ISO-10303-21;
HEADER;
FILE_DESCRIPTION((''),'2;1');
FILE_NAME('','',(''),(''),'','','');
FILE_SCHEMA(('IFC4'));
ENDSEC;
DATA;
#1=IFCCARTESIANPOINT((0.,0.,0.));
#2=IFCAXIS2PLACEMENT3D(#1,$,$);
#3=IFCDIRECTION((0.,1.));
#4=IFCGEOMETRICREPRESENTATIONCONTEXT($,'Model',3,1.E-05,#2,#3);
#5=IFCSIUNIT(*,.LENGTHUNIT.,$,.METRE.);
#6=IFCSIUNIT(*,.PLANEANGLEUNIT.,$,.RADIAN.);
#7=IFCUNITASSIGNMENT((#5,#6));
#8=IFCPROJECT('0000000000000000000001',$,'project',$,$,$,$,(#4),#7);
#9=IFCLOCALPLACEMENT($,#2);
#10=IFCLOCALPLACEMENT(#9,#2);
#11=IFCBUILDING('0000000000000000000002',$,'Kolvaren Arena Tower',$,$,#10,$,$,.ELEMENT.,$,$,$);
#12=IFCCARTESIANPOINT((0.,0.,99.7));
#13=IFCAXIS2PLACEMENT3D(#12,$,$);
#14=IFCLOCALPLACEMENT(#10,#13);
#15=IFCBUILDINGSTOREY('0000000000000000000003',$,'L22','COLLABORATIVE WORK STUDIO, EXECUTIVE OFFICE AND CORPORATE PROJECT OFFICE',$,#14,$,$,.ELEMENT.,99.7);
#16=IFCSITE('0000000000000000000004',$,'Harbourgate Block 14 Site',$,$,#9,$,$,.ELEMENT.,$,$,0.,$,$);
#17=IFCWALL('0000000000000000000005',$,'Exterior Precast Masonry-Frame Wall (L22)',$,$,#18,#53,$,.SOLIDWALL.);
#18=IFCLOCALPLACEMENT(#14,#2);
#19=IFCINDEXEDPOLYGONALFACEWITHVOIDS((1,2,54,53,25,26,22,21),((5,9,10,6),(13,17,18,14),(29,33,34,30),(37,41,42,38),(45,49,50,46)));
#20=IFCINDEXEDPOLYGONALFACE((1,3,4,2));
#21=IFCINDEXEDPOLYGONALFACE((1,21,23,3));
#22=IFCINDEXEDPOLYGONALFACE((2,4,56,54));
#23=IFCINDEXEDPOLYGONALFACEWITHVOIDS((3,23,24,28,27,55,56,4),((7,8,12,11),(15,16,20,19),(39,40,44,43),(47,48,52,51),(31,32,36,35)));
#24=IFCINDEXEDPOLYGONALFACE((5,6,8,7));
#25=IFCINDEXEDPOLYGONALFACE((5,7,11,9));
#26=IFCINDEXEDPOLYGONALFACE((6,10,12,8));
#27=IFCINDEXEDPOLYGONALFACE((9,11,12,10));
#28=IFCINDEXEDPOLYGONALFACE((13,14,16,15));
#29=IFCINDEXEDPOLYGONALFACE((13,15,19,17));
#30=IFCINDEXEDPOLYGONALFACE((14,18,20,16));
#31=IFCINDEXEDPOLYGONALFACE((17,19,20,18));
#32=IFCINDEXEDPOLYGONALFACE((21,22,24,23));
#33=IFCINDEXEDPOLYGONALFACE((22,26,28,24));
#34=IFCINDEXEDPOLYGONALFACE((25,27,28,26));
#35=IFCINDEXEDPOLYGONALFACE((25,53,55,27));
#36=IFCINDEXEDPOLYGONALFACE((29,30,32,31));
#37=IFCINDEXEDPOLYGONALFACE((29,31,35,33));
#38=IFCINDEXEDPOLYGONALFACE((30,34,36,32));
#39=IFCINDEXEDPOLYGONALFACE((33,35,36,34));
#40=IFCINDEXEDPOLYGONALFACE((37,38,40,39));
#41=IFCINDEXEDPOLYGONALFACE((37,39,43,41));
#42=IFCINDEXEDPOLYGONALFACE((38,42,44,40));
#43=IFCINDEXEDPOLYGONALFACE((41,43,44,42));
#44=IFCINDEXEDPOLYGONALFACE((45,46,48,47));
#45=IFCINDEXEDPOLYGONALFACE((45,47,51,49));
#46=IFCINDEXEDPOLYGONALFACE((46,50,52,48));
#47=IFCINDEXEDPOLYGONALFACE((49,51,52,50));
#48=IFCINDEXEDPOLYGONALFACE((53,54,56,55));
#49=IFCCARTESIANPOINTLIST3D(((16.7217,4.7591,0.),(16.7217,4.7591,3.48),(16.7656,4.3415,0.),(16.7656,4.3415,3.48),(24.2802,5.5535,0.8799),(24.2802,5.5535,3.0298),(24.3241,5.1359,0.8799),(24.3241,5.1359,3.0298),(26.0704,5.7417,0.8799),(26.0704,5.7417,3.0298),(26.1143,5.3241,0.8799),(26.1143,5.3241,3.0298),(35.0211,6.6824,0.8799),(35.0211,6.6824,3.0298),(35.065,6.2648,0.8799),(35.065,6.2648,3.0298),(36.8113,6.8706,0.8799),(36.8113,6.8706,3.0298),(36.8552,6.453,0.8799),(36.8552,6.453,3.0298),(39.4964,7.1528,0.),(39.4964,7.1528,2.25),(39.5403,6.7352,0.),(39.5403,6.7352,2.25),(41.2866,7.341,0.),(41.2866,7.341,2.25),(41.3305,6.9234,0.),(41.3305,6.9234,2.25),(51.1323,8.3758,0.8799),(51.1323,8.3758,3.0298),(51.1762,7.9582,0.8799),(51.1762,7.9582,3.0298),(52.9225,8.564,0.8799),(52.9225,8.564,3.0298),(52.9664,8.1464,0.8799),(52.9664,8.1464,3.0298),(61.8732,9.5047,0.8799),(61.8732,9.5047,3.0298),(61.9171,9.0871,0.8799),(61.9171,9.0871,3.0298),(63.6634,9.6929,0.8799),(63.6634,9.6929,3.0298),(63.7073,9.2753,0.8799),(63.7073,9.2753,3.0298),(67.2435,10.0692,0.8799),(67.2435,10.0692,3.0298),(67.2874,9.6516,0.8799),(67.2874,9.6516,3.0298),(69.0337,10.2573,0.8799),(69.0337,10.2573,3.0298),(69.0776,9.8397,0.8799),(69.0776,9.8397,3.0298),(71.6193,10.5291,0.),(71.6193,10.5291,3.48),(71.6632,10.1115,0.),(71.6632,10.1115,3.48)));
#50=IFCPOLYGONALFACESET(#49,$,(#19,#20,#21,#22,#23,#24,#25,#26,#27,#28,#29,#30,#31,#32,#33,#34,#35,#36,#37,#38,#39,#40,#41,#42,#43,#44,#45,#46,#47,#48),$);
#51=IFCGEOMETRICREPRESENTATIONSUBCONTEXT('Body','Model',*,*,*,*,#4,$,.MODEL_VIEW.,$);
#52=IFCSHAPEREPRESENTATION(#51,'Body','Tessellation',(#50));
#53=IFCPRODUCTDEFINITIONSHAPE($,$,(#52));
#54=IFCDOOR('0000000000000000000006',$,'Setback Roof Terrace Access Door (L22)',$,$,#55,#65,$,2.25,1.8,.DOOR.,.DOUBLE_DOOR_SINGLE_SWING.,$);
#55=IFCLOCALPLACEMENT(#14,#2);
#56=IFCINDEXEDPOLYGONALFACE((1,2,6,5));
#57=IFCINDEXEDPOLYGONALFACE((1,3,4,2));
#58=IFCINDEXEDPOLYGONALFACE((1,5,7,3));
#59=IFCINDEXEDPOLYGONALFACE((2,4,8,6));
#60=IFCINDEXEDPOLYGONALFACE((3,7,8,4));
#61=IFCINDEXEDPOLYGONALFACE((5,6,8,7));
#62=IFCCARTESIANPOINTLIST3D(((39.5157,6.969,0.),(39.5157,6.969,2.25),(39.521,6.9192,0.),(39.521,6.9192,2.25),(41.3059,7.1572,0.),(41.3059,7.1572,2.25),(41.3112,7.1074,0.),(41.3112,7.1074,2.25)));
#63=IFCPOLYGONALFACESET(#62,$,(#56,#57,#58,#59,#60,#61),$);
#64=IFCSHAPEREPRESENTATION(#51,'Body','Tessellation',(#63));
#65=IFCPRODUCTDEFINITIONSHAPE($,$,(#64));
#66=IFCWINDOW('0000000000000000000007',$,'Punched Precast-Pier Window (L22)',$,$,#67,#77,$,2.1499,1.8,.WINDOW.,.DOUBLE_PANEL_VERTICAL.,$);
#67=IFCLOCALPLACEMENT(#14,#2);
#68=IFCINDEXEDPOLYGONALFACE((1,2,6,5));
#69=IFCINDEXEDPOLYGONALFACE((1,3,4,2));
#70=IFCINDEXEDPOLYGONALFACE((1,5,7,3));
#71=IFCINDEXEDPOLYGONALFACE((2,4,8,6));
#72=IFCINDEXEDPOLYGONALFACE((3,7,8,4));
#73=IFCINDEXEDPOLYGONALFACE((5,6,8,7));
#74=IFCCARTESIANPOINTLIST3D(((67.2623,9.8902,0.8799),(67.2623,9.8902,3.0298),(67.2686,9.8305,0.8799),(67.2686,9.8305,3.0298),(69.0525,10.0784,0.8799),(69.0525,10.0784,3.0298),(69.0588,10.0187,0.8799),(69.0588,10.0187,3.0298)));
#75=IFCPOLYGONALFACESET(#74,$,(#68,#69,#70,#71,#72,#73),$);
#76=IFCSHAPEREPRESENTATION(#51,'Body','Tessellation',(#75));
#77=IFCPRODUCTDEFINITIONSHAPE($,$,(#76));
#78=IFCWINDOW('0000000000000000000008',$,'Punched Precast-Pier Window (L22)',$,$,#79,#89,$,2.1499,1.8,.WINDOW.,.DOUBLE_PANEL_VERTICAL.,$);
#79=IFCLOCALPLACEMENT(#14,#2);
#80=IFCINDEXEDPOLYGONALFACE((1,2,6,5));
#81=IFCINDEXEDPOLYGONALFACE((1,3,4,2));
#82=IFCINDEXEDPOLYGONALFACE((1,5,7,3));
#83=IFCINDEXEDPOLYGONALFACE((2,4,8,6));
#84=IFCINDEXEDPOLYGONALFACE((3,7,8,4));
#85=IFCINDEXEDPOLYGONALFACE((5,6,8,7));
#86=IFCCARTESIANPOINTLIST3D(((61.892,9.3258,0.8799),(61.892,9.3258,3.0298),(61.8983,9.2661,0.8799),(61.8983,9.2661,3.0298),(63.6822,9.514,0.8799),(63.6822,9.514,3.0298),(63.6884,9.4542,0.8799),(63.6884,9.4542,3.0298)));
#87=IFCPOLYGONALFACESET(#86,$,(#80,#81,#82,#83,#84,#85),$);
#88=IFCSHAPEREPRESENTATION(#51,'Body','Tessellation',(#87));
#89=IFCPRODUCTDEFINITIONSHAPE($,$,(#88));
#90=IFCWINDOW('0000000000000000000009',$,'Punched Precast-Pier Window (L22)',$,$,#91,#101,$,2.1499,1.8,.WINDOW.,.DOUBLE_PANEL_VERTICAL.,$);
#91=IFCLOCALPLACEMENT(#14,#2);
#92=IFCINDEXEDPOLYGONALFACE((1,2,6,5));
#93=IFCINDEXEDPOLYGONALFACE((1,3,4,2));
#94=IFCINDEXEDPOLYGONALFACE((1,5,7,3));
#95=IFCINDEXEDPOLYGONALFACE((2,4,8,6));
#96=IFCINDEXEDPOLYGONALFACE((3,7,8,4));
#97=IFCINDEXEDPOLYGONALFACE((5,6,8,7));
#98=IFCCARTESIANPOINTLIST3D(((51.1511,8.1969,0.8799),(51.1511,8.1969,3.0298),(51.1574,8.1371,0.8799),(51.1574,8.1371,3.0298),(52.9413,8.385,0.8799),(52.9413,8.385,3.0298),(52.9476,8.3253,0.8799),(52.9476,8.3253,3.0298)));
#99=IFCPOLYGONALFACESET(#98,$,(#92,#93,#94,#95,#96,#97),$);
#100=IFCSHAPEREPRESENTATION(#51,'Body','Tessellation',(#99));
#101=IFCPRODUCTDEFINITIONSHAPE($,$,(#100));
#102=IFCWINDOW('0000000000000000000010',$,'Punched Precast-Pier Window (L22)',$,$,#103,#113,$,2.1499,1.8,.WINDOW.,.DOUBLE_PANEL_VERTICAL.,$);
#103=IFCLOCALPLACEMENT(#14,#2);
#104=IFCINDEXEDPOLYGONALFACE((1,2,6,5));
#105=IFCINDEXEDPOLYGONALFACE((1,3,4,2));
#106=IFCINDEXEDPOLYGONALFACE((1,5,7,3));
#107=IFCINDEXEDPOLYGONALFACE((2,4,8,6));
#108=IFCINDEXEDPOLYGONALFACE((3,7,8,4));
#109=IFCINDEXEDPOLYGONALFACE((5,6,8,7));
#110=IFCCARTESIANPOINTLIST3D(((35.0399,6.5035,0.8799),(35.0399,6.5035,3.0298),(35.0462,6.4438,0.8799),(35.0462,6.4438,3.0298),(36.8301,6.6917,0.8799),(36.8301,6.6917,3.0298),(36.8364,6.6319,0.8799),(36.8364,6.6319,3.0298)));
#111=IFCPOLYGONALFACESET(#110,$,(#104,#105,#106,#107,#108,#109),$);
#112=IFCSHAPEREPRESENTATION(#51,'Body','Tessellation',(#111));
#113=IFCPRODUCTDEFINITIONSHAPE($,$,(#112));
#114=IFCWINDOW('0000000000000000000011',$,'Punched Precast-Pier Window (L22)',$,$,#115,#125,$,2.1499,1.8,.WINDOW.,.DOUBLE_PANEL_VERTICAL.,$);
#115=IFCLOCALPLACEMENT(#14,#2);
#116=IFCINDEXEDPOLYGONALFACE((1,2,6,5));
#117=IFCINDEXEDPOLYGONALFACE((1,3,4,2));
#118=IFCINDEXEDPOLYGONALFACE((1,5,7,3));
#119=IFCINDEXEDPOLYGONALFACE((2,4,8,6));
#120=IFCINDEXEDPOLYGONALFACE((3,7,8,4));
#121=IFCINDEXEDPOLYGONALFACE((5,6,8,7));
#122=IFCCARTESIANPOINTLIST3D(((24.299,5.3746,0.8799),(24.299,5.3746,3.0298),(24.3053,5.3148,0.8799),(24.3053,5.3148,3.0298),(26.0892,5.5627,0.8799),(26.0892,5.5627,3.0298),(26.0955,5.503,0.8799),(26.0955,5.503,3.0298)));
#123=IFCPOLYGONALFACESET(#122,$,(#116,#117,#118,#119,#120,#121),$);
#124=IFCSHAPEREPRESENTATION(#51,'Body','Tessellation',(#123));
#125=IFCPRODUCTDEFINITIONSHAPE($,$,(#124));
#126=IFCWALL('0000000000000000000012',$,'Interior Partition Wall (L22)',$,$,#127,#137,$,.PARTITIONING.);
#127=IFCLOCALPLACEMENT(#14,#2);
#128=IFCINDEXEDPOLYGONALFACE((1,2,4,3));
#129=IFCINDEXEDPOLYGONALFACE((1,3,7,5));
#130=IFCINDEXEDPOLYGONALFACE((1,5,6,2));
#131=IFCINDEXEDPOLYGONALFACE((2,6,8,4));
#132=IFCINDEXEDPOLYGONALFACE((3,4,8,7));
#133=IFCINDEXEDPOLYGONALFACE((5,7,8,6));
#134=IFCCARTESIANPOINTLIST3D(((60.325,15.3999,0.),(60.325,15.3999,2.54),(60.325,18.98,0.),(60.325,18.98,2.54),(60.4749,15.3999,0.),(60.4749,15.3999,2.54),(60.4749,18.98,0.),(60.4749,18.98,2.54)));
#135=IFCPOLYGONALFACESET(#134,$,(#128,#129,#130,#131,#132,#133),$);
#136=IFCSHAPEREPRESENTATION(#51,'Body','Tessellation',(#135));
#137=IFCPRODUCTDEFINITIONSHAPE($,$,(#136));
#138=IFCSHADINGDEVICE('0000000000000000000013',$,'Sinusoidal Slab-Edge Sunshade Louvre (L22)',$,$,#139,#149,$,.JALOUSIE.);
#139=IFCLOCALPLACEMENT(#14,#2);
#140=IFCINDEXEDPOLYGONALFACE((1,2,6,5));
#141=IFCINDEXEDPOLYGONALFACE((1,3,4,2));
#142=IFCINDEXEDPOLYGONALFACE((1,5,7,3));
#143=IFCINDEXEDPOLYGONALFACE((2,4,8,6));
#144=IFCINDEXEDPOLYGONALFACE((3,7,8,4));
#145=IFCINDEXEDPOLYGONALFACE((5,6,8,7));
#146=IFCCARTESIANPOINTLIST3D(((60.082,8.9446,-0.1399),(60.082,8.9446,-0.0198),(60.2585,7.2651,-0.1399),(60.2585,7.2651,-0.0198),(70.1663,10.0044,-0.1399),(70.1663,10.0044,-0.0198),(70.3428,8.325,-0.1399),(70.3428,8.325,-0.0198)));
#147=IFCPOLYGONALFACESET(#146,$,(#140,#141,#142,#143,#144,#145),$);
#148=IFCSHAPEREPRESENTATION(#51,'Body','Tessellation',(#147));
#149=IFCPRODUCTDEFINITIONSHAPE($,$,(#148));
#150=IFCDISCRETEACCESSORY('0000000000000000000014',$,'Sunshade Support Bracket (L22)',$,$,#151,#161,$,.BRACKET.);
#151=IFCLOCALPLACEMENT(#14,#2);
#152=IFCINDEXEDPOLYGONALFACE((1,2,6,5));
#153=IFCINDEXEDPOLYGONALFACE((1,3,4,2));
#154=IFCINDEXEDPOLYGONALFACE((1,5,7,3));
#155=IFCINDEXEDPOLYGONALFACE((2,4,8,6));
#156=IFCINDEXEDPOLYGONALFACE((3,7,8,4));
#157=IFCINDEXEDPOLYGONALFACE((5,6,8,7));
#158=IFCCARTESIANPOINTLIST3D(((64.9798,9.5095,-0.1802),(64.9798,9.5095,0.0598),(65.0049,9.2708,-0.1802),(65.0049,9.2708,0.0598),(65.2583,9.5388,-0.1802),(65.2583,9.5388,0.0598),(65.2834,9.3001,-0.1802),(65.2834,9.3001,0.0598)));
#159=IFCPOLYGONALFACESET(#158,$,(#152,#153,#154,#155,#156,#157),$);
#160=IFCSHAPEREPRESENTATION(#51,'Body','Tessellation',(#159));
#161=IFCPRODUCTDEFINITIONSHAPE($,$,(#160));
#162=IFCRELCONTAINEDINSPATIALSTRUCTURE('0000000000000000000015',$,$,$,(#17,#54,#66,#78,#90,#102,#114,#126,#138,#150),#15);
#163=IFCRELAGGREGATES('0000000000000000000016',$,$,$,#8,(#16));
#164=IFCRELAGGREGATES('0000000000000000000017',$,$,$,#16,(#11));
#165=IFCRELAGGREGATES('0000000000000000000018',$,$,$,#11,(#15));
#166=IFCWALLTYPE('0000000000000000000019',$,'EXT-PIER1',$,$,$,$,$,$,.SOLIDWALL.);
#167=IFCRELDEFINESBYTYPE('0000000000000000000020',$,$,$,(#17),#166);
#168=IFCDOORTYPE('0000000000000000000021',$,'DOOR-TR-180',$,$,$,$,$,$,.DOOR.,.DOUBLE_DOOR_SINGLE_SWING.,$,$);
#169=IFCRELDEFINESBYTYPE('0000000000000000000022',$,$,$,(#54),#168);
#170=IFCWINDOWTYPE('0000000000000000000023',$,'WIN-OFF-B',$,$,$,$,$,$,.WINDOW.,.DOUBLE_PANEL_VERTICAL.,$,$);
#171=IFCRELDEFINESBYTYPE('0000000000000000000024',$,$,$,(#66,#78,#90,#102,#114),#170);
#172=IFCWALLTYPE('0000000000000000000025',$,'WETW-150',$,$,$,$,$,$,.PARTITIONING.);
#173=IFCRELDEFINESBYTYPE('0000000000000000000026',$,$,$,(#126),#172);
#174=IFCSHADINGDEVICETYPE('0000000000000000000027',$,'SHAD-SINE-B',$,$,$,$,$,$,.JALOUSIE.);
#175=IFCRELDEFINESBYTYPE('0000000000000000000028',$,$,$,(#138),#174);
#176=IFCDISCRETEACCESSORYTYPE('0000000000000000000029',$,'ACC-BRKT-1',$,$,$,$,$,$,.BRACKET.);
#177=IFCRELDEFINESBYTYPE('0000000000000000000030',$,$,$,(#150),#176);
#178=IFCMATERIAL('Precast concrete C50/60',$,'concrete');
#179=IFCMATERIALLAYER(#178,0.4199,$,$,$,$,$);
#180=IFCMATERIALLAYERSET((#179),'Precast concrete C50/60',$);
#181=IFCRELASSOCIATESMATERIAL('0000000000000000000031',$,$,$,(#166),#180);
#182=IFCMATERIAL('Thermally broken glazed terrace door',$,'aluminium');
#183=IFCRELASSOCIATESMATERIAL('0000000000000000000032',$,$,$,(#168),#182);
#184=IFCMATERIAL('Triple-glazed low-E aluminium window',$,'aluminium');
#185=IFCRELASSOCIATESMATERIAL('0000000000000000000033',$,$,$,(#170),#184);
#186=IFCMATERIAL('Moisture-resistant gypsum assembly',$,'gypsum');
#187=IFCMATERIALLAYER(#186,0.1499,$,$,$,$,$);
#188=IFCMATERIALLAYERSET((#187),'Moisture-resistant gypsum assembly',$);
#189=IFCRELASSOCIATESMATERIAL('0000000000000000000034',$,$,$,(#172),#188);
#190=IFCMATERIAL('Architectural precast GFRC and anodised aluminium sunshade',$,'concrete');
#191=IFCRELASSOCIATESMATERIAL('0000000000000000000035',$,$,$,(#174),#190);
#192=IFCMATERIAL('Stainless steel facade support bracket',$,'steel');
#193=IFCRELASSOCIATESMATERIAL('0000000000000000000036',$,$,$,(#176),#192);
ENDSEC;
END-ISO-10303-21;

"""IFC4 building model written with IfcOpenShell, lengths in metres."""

from ifc_helpers import new_model, si_unit, direction, frame, frame_2d, origin, origin_2d, place, context, subcontext, project, spatial, rectangle, extrude, material, layer, layer_set, type_object, element, fill, save


model = new_model("IFC4")

# Units and contexts
model_context = context("Model", 3, precision=1e-05, world=origin(), true_north=direction((0.0, 1.0)))
body_context = subcontext(model_context, "Body", "Model", "MODEL_VIEW")
ifc_project = project(units=[si_unit("LENGTHUNIT", "METRE"), si_unit("PLANEANGLEUNIT", "RADIAN")], contexts=[model_context])

# Site, building, storey
site_placement = place(None, origin())
site = spatial("IfcSite", under=ifc_project, at=site_placement, Name="Harbourgate Block 14 Site", CompositionType="ELEMENT", RefElevation=0.0)
building_placement = place(site_placement, origin())
building = spatial("IfcBuilding", under=site, at=building_placement, Name="Kolvaren Arena Tower", CompositionType="ELEMENT")
storey_placement = place(building_placement, frame((0.0, 0.0, 99.7)))
storey = spatial("IfcBuildingStorey", under=building, at=storey_placement, Name="L22", Description="COLLABORATIVE WORK STUDIO, EXECUTIVE OFFICE AND CORPORATE PROJECT OFFICE", CompositionType="ELEMENT", Elevation=99.7)

# Shared definitions
ifc_material_1 = material(Name="Precast concrete C50/60", Category="concrete")
ifc_layer_1 = layer(ifc_material_1, 0.4199)
ifc_layer_set_1 = layer_set([ifc_layer_1], Name="Precast concrete C50/60")
wall_type_1 = type_object("IfcWallType", Name="EXT-PIER1", PredefinedType="SOLIDWALL", material=ifc_layer_set_1)

# Wall, openings, door, windows
wall_1_placement = place(storey_placement, frame((71.6414, 10.3203, 0.0), z_axis=(0.0, 0.0, 1.0), x_axis=(-0.994522, -0.10453, 0.0)))
wall_1 = element("IfcWall", 1, at=wall_1_placement, inside=storey, type_object=wall_type_1, Name="Exterior Precast Masonry-Frame Wall (L22)", PredefinedType="SOLIDWALL", context=body_context, shape_type="SweptSolid", body=[
    extrude(rectangle(XDim=55.2, YDim=0.4199, at=frame_2d((27.6001, 0.0))), origin(), (0.0, 0.0, 1.0), 3.48),
])
opening_1_placement = place(wall_1_placement, frame((30.5, 0.0, 0.0)))
opening_1 = element("IfcOpeningElement", 2, at=opening_1_placement, cuts=wall_1, PredefinedType="OPENING", context=body_context, shape_type="SweptSolid", body=[
    extrude(rectangle(XDim=1.8, YDim=2.25, at=frame_2d((0.8999, 1.125))), frame((0.0, 0.22, 0.0), z_axis=(0.0, -1.0, 0.0), x_axis=(1.0, 0.0, 0.0)), (0.0, 0.0, 1.0), 0.4399),
])
opening_2_placement = place(wall_1_placement, frame((2.6001, 0.0, 0.8799)))
opening_2 = element("IfcOpeningElement", 3, at=opening_2_placement, cuts=wall_1, PredefinedType="OPENING", context=body_context, shape_type="SweptSolid", body=[
    extrude(rectangle(XDim=1.8, YDim=2.1499, at=frame_2d((0.8999, 1.075))), frame((0.0, 0.22, 0.0), z_axis=(0.0, -1.0, 0.0), x_axis=(1.0, 0.0, 0.0)), (0.0, 0.0, 1.0), 0.4399),
])
opening_3_placement = place(wall_1_placement, frame((8.0, 0.0, 0.8799)))
opening_3 = element("IfcOpeningElement", 4, at=opening_3_placement, cuts=wall_1, PredefinedType="OPENING", context=body_context, shape_type="SweptSolid", body=[
    extrude(rectangle(XDim=1.8, YDim=2.1499, at=frame_2d((0.8999, 1.075))), frame((0.0, 0.22, 0.0), z_axis=(0.0, -1.0, 0.0), x_axis=(1.0, 0.0, 0.0)), (0.0, 0.0, 1.0), 0.4399),
])
opening_4_placement = place(wall_1_placement, frame((18.8, 0.0, 0.8799)))
opening_4 = element("IfcOpeningElement", 5, at=opening_4_placement, cuts=wall_1, PredefinedType="OPENING", context=body_context, shape_type="SweptSolid", body=[
    extrude(rectangle(XDim=1.8, YDim=2.1499, at=frame_2d((0.8999, 1.075))), frame((0.0, 0.22, 0.0), z_axis=(0.0, -1.0, 0.0), x_axis=(1.0, 0.0, 0.0)), (0.0, 0.0, 1.0), 0.4399),
])
opening_5_placement = place(wall_1_placement, frame((35.0, 0.0, 0.8799)))
opening_5 = element("IfcOpeningElement", 6, at=opening_5_placement, cuts=wall_1, PredefinedType="OPENING", context=body_context, shape_type="SweptSolid", body=[
    extrude(rectangle(XDim=1.8, YDim=2.1499, at=frame_2d((0.8999, 1.075))), frame((0.0, 0.22, 0.0), z_axis=(0.0, -1.0, 0.0), x_axis=(1.0, 0.0, 0.0)), (0.0, 0.0, 1.0), 0.4399),
])
opening_6_placement = place(wall_1_placement, frame((45.8, 0.0, 0.8799)))
opening_6 = element("IfcOpeningElement", 7, at=opening_6_placement, cuts=wall_1, PredefinedType="OPENING", context=body_context, shape_type="SweptSolid", body=[
    extrude(rectangle(XDim=1.8, YDim=2.1499, at=frame_2d((0.8999, 1.075))), frame((0.0, 0.22, 0.0), z_axis=(0.0, -1.0, 0.0), x_axis=(1.0, 0.0, 0.0)), (0.0, 0.0, 1.0), 0.4399),
])
ifc_material_2 = material(Name="Thermally broken glazed terrace door", Category="aluminium")
door_type_1 = type_object("IfcDoorType", Name="DOOR-TR-180", OperationType="DOUBLE_DOOR_SINGLE_SWING", PredefinedType="DOOR", material=ifc_material_2)
door_1_placement = place(opening_1_placement, origin())
door_1 = element("IfcDoor", 8, at=door_1_placement, inside=storey, type_object=door_type_1, Name="Setback Roof Terrace Access Door (L22)", OperationType="DOUBLE_DOOR_SINGLE_SWING", OverallHeight=2.25, OverallWidth=1.8, PredefinedType="DOOR", context=body_context, shape_type="SweptSolid", body=[
    extrude(rectangle(XDim=1.8, YDim=2.25, at=frame_2d((0.8999, 1.125))), frame((0.0, 0.0249, 0.0), z_axis=(0.0, -1.0, 0.0), x_axis=(1.0, 0.0, 0.0)), (0.0, 0.0, 1.0), 0.05),
])
fill(opening_1, door_1)
ifc_material_3 = material(Name="Triple-glazed low-E aluminium window", Category="aluminium")
window_type = type_object("IfcWindowType", Name="WIN-OFF-B", PartitioningType="DOUBLE_PANEL_VERTICAL", PredefinedType="WINDOW", material=ifc_material_3)
window_1_placement = place(opening_2_placement, origin())
window_1 = element("IfcWindow", 9, at=window_1_placement, inside=storey, type_object=window_type, Name="Punched Precast-Pier Window (L22)", OverallHeight=2.1499, OverallWidth=1.8, PartitioningType="DOUBLE_PANEL_VERTICAL", PredefinedType="WINDOW", context=body_context, shape_type="SweptSolid", body=[
    extrude(rectangle(XDim=1.8, YDim=2.1499, at=frame_2d((0.8999, 1.075))), frame((0.0, 0.03, 0.0), z_axis=(0.0, -1.0, 0.0), x_axis=(1.0, 0.0, 0.0)), (0.0, 0.0, 1.0), 0.0601),
])
fill(opening_2, window_1)
window_2_placement = place(opening_3_placement, origin())
window_2 = element("IfcWindow", 10, at=window_2_placement, inside=storey, type_object=window_type, Name="Punched Precast-Pier Window (L22)", OverallHeight=2.1499, OverallWidth=1.8, PartitioningType="DOUBLE_PANEL_VERTICAL", PredefinedType="WINDOW", context=body_context, shape_type="SweptSolid", body=[
    extrude(rectangle(XDim=1.8, YDim=2.1499, at=frame_2d((0.8999, 1.075))), frame((0.0, 0.03, 0.0), z_axis=(0.0, -1.0, 0.0), x_axis=(1.0, 0.0, 0.0)), (0.0, 0.0, 1.0), 0.0601),
])
fill(opening_3, window_2)
window_3_placement = place(opening_4_placement, origin())
window_3 = element("IfcWindow", 11, at=window_3_placement, inside=storey, type_object=window_type, Name="Punched Precast-Pier Window (L22)", OverallHeight=2.1499, OverallWidth=1.8, PartitioningType="DOUBLE_PANEL_VERTICAL", PredefinedType="WINDOW", context=body_context, shape_type="SweptSolid", body=[
    extrude(rectangle(XDim=1.8, YDim=2.1499, at=frame_2d((0.8999, 1.075))), frame((0.0, 0.03, 0.0), z_axis=(0.0, -1.0, 0.0), x_axis=(1.0, 0.0, 0.0)), (0.0, 0.0, 1.0), 0.0601),
])
fill(opening_4, window_3)
window_4_placement = place(opening_5_placement, origin())
window_4 = element("IfcWindow", 12, at=window_4_placement, inside=storey, type_object=window_type, Name="Punched Precast-Pier Window (L22)", OverallHeight=2.1499, OverallWidth=1.8, PartitioningType="DOUBLE_PANEL_VERTICAL", PredefinedType="WINDOW", context=body_context, shape_type="SweptSolid", body=[
    extrude(rectangle(XDim=1.8, YDim=2.1499, at=frame_2d((0.8999, 1.075))), frame((0.0, 0.03, 0.0), z_axis=(0.0, -1.0, 0.0), x_axis=(1.0, 0.0, 0.0)), (0.0, 0.0, 1.0), 0.0601),
])
fill(opening_5, window_4)
window_5_placement = place(opening_6_placement, origin())
window_5 = element("IfcWindow", 13, at=window_5_placement, inside=storey, type_object=window_type, Name="Punched Precast-Pier Window (L22)", OverallHeight=2.1499, OverallWidth=1.8, PartitioningType="DOUBLE_PANEL_VERTICAL", PredefinedType="WINDOW", context=body_context, shape_type="SweptSolid", body=[
    extrude(rectangle(XDim=1.8, YDim=2.1499, at=frame_2d((0.8999, 1.075))), frame((0.0, 0.03, 0.0), z_axis=(0.0, -1.0, 0.0), x_axis=(1.0, 0.0, 0.0)), (0.0, 0.0, 1.0), 0.0601),
])
fill(opening_6, window_5)

# Wall
ifc_material_4 = material(Name="Moisture-resistant gypsum assembly", Category="gypsum")
ifc_layer_2 = layer(ifc_material_4, 0.1499)
ifc_layer_set_2 = layer_set([ifc_layer_2], Name="Moisture-resistant gypsum assembly")
wall_type_2 = type_object("IfcWallType", Name="WETW-150", PredefinedType="PARTITIONING", material=ifc_layer_set_2)
wall_2_placement = place(storey_placement, frame((60.3999, 15.3999, 0.0), z_axis=(0.0, 0.0, 1.0), x_axis=(0.0, 1.0, 0.0)))
element("IfcWall", 14, at=wall_2_placement, inside=storey, type_object=wall_type_2, Name="Interior Partition Wall (L22)", PredefinedType="PARTITIONING", context=body_context, shape_type="SweptSolid", body=[
    extrude(rectangle(XDim=3.5801, YDim=0.1499, at=frame_2d((1.79, 0.0))), origin(), (0.0, 0.0, 1.0), 2.54),
])

# Shading device
ifc_material_5 = material(Name="Architectural precast GFRC and anodised aluminium sunshade", Category="concrete")
shading_device_type = type_object("IfcShadingDeviceType", Name="SHAD-SINE-B", PredefinedType="JALOUSIE", material=ifc_material_5)
shading_device_placement = place(storey_placement, frame((65.2124, 8.6348, -0.1399), z_axis=(0.0, 0.0, 1.0), x_axis=(-0.994522, -0.104527, 0.0)))
element("IfcShadingDevice", 15, at=shading_device_placement, inside=storey, type_object=shading_device_type, Name="Sinusoidal Slab-Edge Sunshade Louvre (L22)", PredefinedType="JALOUSIE", context=body_context, shape_type="SweptSolid", body=[
    extrude(rectangle(XDim=10.1399, YDim=1.6887, at=origin_2d()), origin(), (0.0, 0.0, 1.0), 0.1201),
])

# Discrete accessory
ifc_material_6 = material(Name="Stainless steel facade support bracket", Category="steel")
discrete_accessory_type_1 = type_object("IfcDiscreteAccessoryType", Name="ACC-BRKT-1", PredefinedType="BRACKET", material=ifc_material_6)
discrete_accessory_1_placement = place(storey_placement, frame((65.1316, 9.4048, -0.1802), z_axis=(0.0, 0.0, 1.0), x_axis=(-0.994522, -0.104527, 0.0)))
element("IfcDiscreteAccessory", 16, at=discrete_accessory_1_placement, inside=storey, type_object=discrete_accessory_type_1, Name="Sunshade Support Bracket (L22)", PredefinedType="BRACKET", context=body_context, shape_type="SweptSolid", body=[
    extrude(rectangle(XDim=0.28, YDim=0.24, at=origin_2d()), origin(), (0.0, 0.0, 1.0), 0.24),
])

save(model, "model.ifc")
